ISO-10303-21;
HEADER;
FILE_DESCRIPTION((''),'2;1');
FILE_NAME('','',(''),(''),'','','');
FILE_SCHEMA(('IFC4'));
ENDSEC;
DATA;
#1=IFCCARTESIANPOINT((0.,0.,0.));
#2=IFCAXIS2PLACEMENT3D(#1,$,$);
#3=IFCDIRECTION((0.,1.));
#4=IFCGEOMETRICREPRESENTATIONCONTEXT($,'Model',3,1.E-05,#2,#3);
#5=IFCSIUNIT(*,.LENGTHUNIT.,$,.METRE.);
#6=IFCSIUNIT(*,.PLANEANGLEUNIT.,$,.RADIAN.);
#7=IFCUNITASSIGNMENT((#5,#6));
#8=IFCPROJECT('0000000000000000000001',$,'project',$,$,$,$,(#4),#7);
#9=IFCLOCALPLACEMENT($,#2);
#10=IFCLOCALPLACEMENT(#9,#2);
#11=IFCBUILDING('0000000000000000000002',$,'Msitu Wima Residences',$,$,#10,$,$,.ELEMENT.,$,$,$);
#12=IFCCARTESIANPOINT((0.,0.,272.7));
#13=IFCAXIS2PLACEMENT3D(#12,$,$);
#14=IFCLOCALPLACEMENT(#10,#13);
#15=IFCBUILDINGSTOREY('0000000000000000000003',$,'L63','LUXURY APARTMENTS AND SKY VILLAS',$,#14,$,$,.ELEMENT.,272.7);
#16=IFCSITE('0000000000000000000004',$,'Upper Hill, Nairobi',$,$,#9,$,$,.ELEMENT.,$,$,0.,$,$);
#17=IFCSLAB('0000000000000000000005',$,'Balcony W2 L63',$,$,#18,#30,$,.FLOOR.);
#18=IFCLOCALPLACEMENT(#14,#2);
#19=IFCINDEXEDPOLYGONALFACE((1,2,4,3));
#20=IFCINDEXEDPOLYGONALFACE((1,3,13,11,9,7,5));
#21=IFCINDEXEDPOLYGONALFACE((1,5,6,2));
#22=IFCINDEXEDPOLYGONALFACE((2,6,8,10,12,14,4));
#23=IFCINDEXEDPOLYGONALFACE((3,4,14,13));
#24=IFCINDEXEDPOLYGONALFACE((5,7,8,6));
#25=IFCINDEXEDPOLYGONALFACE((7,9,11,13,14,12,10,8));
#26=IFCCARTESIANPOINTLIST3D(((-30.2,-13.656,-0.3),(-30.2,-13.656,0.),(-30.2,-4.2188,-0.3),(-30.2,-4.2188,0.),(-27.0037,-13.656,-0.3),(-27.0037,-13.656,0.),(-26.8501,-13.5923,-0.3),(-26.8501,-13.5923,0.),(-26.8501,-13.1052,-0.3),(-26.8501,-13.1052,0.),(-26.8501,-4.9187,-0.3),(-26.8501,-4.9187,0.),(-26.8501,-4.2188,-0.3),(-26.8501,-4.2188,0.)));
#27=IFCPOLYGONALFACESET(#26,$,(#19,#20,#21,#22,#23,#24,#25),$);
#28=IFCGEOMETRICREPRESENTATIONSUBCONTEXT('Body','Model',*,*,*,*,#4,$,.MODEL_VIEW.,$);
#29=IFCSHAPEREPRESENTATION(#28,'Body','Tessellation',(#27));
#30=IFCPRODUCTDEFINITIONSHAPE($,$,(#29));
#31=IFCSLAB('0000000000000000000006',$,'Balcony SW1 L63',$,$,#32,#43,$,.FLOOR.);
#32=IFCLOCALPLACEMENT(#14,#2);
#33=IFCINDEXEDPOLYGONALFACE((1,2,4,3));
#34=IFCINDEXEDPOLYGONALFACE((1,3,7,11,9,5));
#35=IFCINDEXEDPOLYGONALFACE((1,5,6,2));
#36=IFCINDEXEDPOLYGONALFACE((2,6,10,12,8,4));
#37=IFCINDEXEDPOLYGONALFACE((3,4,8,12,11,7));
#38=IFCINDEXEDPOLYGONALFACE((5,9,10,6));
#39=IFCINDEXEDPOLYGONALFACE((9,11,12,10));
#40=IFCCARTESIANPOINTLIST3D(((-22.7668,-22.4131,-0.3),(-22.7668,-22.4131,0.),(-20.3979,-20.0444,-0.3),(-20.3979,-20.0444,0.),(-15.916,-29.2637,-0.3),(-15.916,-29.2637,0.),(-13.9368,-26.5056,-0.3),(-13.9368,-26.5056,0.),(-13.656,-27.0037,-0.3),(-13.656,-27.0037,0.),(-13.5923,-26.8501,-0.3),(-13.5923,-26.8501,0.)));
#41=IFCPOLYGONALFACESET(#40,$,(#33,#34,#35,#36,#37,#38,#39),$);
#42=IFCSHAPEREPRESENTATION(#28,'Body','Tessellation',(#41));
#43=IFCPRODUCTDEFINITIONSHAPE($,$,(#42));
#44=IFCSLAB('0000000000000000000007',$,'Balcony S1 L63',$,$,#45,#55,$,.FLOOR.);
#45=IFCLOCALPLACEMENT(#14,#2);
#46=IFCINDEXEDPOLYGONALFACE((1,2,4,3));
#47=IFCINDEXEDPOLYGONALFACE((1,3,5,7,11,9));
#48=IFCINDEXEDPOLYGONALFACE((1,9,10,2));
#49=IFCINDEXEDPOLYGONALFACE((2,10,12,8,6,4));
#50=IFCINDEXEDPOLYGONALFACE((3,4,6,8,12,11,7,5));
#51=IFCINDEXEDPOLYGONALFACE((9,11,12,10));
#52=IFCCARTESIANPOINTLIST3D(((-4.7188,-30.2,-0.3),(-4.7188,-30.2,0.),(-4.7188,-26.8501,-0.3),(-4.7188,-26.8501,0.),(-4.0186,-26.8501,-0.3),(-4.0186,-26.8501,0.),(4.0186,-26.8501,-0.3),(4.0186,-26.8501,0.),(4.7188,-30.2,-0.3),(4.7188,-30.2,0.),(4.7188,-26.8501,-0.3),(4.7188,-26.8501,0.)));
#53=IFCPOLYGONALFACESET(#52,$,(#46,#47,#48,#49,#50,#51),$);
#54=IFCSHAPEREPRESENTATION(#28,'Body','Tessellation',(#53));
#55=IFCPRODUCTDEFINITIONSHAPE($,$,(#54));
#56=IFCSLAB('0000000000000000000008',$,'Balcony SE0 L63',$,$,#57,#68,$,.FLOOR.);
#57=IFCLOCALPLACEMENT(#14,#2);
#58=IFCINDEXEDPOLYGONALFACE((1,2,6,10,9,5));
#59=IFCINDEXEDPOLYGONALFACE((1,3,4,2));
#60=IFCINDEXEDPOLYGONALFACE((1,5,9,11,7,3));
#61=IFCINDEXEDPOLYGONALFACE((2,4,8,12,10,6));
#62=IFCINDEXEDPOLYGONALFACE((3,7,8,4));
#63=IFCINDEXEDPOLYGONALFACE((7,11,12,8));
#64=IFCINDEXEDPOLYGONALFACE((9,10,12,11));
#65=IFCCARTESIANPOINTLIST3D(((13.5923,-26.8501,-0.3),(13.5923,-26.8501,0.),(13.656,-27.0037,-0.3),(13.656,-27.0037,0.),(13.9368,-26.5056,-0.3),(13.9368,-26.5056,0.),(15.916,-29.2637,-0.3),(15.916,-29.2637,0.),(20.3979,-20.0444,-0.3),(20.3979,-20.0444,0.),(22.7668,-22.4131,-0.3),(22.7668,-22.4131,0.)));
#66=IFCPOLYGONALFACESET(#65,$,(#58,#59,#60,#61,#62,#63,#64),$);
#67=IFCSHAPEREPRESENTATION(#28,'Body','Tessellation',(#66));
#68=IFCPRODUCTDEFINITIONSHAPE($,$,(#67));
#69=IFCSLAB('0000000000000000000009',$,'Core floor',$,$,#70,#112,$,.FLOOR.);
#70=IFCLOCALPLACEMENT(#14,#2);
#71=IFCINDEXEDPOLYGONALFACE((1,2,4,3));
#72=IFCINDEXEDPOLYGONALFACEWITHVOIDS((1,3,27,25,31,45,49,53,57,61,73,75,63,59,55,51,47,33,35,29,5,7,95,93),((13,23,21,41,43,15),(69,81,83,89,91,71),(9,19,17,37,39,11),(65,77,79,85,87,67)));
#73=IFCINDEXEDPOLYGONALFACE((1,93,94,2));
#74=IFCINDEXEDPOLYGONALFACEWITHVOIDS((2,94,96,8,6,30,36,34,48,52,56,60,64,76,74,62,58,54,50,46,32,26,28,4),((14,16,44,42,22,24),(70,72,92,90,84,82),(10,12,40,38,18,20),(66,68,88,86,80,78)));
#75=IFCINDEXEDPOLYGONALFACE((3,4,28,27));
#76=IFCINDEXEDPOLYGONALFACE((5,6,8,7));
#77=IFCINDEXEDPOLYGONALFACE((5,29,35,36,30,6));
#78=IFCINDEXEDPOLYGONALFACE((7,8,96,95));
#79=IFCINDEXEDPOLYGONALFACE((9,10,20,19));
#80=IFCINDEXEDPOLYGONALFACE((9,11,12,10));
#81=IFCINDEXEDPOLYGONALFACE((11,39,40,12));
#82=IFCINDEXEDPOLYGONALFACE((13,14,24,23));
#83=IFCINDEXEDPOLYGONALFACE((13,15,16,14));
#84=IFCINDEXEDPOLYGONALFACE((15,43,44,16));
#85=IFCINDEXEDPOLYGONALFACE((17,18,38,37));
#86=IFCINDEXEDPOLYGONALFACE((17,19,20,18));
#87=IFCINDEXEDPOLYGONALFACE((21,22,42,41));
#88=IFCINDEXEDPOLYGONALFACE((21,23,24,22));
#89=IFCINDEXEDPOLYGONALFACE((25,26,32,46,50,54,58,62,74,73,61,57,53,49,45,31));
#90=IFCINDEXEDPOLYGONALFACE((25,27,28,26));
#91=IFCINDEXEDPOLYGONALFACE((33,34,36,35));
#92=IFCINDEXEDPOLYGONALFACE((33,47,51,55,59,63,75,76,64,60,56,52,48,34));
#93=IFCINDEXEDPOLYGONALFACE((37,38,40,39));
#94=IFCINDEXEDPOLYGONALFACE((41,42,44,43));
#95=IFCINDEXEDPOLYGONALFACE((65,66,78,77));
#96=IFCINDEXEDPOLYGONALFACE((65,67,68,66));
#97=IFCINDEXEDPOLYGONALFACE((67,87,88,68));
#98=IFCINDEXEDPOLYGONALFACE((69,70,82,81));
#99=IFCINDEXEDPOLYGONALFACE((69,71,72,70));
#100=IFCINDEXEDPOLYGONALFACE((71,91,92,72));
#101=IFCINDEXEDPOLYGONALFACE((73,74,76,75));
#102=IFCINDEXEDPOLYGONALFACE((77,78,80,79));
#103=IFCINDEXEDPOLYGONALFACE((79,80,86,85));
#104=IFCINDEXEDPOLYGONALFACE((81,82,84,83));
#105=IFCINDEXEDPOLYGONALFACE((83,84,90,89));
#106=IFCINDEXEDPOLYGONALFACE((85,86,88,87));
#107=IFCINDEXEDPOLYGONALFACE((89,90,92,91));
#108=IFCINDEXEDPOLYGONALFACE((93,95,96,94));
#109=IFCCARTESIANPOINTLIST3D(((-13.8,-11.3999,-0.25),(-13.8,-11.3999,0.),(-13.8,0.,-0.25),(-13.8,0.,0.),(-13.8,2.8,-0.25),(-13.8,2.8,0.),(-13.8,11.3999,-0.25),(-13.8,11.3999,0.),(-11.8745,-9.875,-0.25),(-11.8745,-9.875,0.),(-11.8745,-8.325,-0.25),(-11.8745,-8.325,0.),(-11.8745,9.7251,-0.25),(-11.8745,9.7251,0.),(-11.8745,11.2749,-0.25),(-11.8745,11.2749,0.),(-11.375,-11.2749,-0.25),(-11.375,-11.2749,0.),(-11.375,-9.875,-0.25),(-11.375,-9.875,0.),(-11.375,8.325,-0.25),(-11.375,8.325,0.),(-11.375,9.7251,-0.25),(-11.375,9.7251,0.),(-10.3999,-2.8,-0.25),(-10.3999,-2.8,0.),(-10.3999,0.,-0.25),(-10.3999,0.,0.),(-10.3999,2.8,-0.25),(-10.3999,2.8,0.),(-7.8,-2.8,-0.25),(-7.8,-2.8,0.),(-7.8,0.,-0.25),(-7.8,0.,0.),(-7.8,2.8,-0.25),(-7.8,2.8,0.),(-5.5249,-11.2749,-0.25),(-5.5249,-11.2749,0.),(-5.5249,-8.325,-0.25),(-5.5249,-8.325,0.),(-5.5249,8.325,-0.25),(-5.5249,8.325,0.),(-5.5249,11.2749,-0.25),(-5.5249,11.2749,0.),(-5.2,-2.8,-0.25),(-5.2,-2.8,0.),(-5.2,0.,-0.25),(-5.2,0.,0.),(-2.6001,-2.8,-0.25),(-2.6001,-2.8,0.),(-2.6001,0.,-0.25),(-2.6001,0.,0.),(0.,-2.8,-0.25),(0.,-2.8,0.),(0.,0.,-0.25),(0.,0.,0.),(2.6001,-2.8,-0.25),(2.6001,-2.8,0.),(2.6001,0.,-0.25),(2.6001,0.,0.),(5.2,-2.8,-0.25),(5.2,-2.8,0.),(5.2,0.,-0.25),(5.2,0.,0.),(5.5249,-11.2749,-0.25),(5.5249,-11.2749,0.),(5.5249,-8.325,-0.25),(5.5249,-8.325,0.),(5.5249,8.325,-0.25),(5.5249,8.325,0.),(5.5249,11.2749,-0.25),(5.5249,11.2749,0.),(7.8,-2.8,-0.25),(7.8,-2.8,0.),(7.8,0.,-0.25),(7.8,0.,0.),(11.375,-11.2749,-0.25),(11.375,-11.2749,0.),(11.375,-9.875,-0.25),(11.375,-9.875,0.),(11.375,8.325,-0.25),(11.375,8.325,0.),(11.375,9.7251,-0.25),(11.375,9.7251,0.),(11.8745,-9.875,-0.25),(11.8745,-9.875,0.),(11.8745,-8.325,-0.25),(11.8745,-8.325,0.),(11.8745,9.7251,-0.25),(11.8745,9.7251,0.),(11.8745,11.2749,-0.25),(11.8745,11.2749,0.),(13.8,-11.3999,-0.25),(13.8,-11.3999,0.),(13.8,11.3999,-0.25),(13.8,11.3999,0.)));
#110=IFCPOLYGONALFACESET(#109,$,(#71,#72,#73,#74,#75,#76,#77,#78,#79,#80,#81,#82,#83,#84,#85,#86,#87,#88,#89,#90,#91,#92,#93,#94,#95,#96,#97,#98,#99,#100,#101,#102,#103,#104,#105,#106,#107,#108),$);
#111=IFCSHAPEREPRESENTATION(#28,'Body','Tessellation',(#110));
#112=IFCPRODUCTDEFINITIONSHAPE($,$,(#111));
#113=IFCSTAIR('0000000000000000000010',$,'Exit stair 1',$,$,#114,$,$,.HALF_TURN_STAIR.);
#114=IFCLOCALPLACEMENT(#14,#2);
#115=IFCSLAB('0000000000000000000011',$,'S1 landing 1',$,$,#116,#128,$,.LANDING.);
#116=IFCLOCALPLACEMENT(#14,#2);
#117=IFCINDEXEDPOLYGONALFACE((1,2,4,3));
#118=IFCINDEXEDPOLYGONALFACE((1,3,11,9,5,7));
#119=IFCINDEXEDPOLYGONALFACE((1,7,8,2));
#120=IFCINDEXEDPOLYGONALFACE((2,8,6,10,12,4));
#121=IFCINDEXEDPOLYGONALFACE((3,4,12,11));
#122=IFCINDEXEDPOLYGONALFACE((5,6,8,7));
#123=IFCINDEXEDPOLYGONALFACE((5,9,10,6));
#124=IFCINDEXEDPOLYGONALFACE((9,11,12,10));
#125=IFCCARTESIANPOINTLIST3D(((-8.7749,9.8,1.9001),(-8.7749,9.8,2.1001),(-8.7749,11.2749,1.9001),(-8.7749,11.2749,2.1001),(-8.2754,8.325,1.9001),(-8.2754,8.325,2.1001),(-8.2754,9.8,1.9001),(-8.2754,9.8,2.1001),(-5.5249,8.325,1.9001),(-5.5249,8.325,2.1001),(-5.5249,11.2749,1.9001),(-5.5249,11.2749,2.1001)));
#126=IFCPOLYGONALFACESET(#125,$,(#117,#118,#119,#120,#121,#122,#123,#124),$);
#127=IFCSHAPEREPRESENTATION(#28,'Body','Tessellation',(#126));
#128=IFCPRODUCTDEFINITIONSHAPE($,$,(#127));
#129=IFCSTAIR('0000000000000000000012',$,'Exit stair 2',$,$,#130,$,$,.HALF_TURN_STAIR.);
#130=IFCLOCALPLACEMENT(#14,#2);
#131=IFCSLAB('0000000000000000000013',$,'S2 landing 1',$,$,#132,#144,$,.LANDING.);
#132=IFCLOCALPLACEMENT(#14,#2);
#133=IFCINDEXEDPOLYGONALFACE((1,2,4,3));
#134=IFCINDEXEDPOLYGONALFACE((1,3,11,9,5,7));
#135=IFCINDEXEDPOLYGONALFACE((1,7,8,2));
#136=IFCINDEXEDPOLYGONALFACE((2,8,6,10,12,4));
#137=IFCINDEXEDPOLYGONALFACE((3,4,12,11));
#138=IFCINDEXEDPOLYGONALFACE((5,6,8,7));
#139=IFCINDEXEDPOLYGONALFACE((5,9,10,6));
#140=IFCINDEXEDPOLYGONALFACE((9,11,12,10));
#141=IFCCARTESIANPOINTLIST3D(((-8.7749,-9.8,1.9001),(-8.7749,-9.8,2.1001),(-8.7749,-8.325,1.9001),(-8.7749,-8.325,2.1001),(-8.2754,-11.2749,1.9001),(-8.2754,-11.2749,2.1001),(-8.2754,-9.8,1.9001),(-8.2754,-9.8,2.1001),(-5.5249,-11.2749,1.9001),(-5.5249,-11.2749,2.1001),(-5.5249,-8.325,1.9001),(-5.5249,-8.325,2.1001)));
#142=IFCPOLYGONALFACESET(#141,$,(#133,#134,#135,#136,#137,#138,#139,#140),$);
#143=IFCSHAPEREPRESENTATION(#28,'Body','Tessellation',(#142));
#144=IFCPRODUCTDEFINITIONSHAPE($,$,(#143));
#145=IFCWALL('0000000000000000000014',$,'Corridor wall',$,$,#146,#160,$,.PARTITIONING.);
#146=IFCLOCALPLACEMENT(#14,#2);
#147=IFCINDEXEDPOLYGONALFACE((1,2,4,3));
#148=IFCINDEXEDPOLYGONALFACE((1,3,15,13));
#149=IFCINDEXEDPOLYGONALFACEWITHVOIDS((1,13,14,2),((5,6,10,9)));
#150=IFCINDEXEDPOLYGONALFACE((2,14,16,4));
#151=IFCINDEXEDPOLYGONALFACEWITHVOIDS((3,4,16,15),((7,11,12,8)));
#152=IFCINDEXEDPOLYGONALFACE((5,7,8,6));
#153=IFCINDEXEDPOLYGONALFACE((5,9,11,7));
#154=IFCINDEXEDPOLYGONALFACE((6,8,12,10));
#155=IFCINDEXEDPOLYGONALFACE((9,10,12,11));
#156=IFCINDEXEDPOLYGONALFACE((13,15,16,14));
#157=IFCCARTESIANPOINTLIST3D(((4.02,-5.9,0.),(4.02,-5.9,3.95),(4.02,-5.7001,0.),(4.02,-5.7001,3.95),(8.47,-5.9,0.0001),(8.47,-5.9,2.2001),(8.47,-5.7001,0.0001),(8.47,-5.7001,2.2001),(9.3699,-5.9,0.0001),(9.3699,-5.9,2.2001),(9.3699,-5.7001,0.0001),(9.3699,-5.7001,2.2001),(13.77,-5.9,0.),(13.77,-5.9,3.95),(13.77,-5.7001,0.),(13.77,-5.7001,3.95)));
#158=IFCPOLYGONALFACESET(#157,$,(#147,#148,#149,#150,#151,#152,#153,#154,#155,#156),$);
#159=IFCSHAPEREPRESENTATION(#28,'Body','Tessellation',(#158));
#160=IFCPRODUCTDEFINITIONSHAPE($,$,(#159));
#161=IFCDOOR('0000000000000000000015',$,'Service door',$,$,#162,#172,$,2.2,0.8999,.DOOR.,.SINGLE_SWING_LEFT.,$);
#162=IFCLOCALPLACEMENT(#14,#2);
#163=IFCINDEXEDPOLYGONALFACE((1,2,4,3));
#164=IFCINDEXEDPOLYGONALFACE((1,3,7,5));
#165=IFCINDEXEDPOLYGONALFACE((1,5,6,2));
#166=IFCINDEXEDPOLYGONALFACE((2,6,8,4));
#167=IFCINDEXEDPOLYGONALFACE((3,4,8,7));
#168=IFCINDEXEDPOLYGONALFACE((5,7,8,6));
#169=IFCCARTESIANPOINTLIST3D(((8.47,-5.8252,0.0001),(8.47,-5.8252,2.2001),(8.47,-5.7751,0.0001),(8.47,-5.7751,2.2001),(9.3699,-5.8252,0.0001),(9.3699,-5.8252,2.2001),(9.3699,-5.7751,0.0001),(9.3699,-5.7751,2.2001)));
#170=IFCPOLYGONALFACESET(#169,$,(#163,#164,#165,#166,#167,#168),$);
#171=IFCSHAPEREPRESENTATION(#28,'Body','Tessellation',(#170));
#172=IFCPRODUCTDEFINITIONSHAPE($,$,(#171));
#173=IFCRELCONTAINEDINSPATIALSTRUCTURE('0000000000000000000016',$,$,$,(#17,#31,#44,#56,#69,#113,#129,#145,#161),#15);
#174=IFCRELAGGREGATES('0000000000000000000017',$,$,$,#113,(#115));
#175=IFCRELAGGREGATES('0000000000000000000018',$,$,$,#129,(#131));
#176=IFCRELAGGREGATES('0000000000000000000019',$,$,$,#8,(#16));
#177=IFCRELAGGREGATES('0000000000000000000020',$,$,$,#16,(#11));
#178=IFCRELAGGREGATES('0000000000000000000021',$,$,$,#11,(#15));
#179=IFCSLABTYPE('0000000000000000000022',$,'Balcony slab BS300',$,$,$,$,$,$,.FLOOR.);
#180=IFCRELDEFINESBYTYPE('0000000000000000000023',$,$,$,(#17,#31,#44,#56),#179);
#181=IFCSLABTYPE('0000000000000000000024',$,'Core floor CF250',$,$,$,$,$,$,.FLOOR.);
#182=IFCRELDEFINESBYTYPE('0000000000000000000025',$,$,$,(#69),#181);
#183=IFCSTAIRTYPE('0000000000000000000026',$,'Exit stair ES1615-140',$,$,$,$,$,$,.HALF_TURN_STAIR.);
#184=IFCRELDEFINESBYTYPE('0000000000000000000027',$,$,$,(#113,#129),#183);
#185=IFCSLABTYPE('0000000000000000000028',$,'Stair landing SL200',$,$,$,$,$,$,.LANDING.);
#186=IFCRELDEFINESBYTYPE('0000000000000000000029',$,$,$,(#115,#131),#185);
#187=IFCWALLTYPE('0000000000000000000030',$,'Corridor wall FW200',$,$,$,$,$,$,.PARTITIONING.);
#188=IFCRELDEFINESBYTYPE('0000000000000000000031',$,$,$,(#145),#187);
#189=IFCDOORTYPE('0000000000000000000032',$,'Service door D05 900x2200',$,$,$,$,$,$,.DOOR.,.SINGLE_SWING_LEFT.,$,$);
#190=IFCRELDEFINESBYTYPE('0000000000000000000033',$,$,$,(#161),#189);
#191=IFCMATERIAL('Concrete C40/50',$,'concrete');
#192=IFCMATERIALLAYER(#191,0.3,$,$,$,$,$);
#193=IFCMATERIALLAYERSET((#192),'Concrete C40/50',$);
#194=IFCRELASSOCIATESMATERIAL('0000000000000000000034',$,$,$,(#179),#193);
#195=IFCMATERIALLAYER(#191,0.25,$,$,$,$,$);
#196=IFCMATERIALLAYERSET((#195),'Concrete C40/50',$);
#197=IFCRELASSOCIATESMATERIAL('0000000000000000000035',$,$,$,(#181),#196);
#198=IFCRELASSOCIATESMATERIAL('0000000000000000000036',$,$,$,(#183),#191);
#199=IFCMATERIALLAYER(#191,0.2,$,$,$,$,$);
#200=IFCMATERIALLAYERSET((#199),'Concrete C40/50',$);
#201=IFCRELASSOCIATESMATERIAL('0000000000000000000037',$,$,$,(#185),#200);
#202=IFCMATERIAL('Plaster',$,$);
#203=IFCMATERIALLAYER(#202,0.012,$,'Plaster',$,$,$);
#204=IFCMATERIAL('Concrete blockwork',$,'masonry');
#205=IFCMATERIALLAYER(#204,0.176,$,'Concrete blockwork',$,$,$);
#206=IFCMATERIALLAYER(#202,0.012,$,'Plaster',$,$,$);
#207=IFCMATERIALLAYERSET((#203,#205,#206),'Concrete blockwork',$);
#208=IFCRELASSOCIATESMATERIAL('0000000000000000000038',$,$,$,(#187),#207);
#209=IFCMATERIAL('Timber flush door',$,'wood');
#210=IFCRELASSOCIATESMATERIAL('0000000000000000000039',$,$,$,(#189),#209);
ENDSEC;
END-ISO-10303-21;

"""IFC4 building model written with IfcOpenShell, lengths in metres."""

from ifc_helpers import new_model, si_unit, direction, frame, frame_2d, origin, place, context, subcontext, project, spatial, polyline, rectangle, outline, extrude, material, layer, layer_set, type_object, element, fill, aggregate, save


model = new_model("IFC4")

# Units and contexts
model_context = context("Model", 3, precision=1e-05, world=origin(), true_north=direction((0.0, 1.0)))
body_context = subcontext(model_context, "Body", "Model", "MODEL_VIEW")
ifc_project = project(units=[si_unit("LENGTHUNIT", "METRE"), si_unit("PLANEANGLEUNIT", "RADIAN")], contexts=[model_context])

# Site, building, storey
site_placement = place(None, origin())
site = spatial("IfcSite", under=ifc_project, at=site_placement, Name="Upper Hill, Nairobi", CompositionType="ELEMENT", RefElevation=0.0)
building_placement = place(site_placement, origin())
building = spatial("IfcBuilding", under=site, at=building_placement, Name="Msitu Wima Residences", CompositionType="ELEMENT")
storey_placement = place(building_placement, frame((0.0, 0.0, 272.7)))
storey = spatial("IfcBuildingStorey", under=building, at=storey_placement, Name="L63", Description="LUXURY APARTMENTS AND SKY VILLAS", CompositionType="ELEMENT", Elevation=272.7)

# Slabs
ifc_material_1 = material(Name="Concrete C40/50", Category="concrete")
ifc_layer_1 = layer(ifc_material_1, 0.3)
ifc_layer_set_1 = layer_set([ifc_layer_1], Name="Concrete C40/50")
slab_type_1 = type_object("IfcSlabType", Name="Balcony slab BS300", PredefinedType="FLOOR", material=ifc_layer_set_1)
slab_1_placement = place(storey_placement, frame((0.0, 0.0, -0.3)))
element("IfcSlab", 1, at=slab_1_placement, inside=storey, type_object=slab_type_1, Name="Balcony W2 L63", PredefinedType="FLOOR", context=body_context, shape_type="SweptSolid", body=[
    extrude(outline(polyline([(-26.8501, -13.1052), (-26.8501, -13.1052), (-26.8501, -13.1052), (-26.8501, -13.5923), (-27.0037, -13.656), (-30.2, -13.656), (-30.2, -4.2188), (-26.8501, -4.2188), (-26.8501, -4.9187), (-26.8501, -13.1052)])), origin(), (0.0, 0.0, 1.0), 0.3),
])
slab_2_placement = place(storey_placement, frame((0.0, 0.0, -0.3)))
element("IfcSlab", 2, at=slab_2_placement, inside=storey, type_object=slab_type_1, Name="Balcony SW1 L63", PredefinedType="FLOOR", context=body_context, shape_type="SweptSolid", body=[
    extrude(outline(polyline([(-13.9368, -26.5056), (-13.9368, -26.5056), (-13.5923, -26.8501), (-13.656, -27.0037), (-15.916, -29.2637), (-22.7668, -22.4131), (-20.3979, -20.0444), (-13.9368, -26.5056), (-13.9368, -26.5056)])), origin(), (0.0, 0.0, 1.0), 0.3),
])
slab_3_placement = place(storey_placement, frame((0.0, 0.0, -0.3)))
element("IfcSlab", 3, at=slab_3_placement, inside=storey, type_object=slab_type_1, Name="Balcony S1 L63", PredefinedType="FLOOR", context=body_context, shape_type="SweptSolid", body=[
    extrude(outline(polyline([(-4.0186, -26.8501), (4.0186, -26.8501), (4.7188, -26.8501), (4.7188, -30.2), (-4.7188, -30.2), (-4.7188, -26.8501), (-4.0186, -26.8501)])), origin(), (0.0, 0.0, 1.0), 0.3),
])
slab_4_placement = place(storey_placement, frame((0.0, 0.0, -0.3)))
element("IfcSlab", 4, at=slab_4_placement, inside=storey, type_object=slab_type_1, Name="Balcony SE0 L63", PredefinedType="FLOOR", context=body_context, shape_type="SweptSolid", body=[
    extrude(outline(polyline([(13.9368, -26.5056), (13.9368, -26.5056), (20.3979, -20.0444), (22.7668, -22.4131), (15.916, -29.2637), (13.656, -27.0037), (13.5923, -26.8501), (13.9368, -26.5056), (13.9368, -26.5056)])), origin(), (0.0, 0.0, 1.0), 0.3),
])
ifc_layer_2 = layer(ifc_material_1, 0.25)
ifc_layer_set_2 = layer_set([ifc_layer_2], Name="Concrete C40/50")
slab_type_2 = type_object("IfcSlabType", Name="Core floor CF250", PredefinedType="FLOOR", material=ifc_layer_set_2)
slab_5_placement = place(storey_placement, frame((0.0, 0.0, -0.25)))
element("IfcSlab", 5, at=slab_5_placement, inside=storey, type_object=slab_type_2, Name="Core floor", PredefinedType="FLOOR", context=body_context, shape_type="SweptSolid", body=[
    extrude(outline(polyline([(-13.8, 11.3999), (-13.8, 2.8), (-10.3999, 2.8), (-7.8, 2.8), (-7.8, 0.0), (-5.2, 0.0), (-2.6001, 0.0), (0.0, 0.0), (2.6001, 0.0), (5.2, 0.0), (7.8, 0.0), (7.8, -2.8), (5.2, -2.8), (2.6001, -2.8), (0.0, -2.8), (-2.6001, -2.8), (-5.2, -2.8), (-7.8, -2.8), (-10.3999, -2.8), (-10.3999, 0.0), (-13.8, 0.0), (-13.8, -11.3999), (13.8, -11.3999), (13.8, 11.3999), (-13.8, 11.3999)]), holes=[polyline([(-11.375, -11.2749), (-11.375, -9.875), (-11.8745, -9.875), (-11.8745, -8.325), (-5.5249, -8.325), (-5.5249, -11.2749), (-11.375, -11.2749)]), polyline([(-11.375, 8.325), (-11.375, 9.7251), (-11.8745, 9.7251), (-11.8745, 11.2749), (-5.5249, 11.2749), (-5.5249, 8.325), (-11.375, 8.325)]), polyline([(11.375, -9.875), (11.375, -11.2749), (5.5249, -11.2749), (5.5249, -8.325), (11.8745, -8.325), (11.8745, -9.875), (11.375, -9.875)]), polyline([(11.375, 9.7251), (11.375, 8.325), (5.5249, 8.325), (5.5249, 11.2749), (11.8745, 11.2749), (11.8745, 9.7251), (11.375, 9.7251)])]), origin(), (0.0, 0.0, 1.0), 0.25),
])

# Stairs, slabs
stair_type = type_object("IfcStairType", Name="Exit stair ES1615-140", PredefinedType="HALF_TURN_STAIR", material=ifc_material_1)
stair_1_placement = place(storey_placement, origin())
stair_1 = element("IfcStair", 6, at=stair_1_placement, inside=storey, type_object=stair_type, Name="Exit stair 1", PredefinedType="HALF_TURN_STAIR")
ifc_layer_3 = layer(ifc_material_1, 0.2)
ifc_layer_set_3 = layer_set([ifc_layer_3], Name="Concrete C40/50")
slab_type_3 = type_object("IfcSlabType", Name="Stair landing SL200", PredefinedType="LANDING", material=ifc_layer_set_3)
slab_6_placement = place(storey_placement, frame((0.0, 0.0, 1.9001)))
slab_6 = element("IfcSlab", 7, at=slab_6_placement, type_object=slab_type_3, Name="S1 landing 1", PredefinedType="LANDING", context=body_context, shape_type="SweptSolid", body=[
    extrude(outline(polyline([(-5.5249, 8.325), (-8.2754, 8.325), (-8.2754, 9.8), (-8.7749, 9.8), (-8.7749, 11.2749), (-5.5249, 11.2749), (-5.5249, 8.325)])), origin(), (0.0, 0.0, 1.0), 0.2),
])
aggregate(stair_1, [slab_6])
stair_2_placement = place(storey_placement, origin())
stair_2 = element("IfcStair", 8, at=stair_2_placement, inside=storey, type_object=stair_type, Name="Exit stair 2", PredefinedType="HALF_TURN_STAIR")
slab_7_placement = place(storey_placement, frame((0.0, 0.0, 1.9001)))
slab_7 = element("IfcSlab", 9, at=slab_7_placement, type_object=slab_type_3, Name="S2 landing 1", PredefinedType="LANDING", context=body_context, shape_type="SweptSolid", body=[
    extrude(outline(polyline([(-5.5249, -11.2749), (-8.2754, -11.2749), (-8.2754, -9.8), (-8.7749, -9.8), (-8.7749, -8.325), (-5.5249, -8.325), (-5.5249, -11.2749)])), origin(), (0.0, 0.0, 1.0), 0.2),
])
aggregate(stair_2, [slab_7])

# Wall, opening, door
ifc_material_2 = material(Name="Plaster")
ifc_layer_4 = layer(ifc_material_2, 0.012, Name="Plaster")
ifc_material_3 = material(Name="Concrete blockwork", Category="masonry")
ifc_layer_5 = layer(ifc_material_3, 0.176, Name="Concrete blockwork")
ifc_layer_6 = layer(ifc_material_2, 0.012, Name="Plaster")
ifc_layer_set_4 = layer_set([ifc_layer_4, ifc_layer_5, ifc_layer_6], Name="Concrete blockwork")
wall_type_1 = type_object("IfcWallType", Name="Corridor wall FW200", PredefinedType="PARTITIONING", material=ifc_layer_set_4)
wall_1_placement = place(storey_placement, frame((4.02, -5.8, 0.0), z_axis=(0.0, 0.0, 1.0), x_axis=(1.0, 0.0, 0.0)))
wall_1 = element("IfcWall", 10, at=wall_1_placement, inside=storey, type_object=wall_type_1, Name="Corridor wall", PredefinedType="PARTITIONING", context=body_context, shape_type="SweptSolid", body=[
    extrude(rectangle(XDim=9.75, YDim=0.2, at=frame_2d((4.875, 0.0))), origin(), (0.0, 0.0, 1.0), 3.95),
])
opening_1_placement = place(wall_1_placement, frame((4.45, 0.0, 0.0)))
opening_1 = element("IfcOpeningElement", 11, at=opening_1_placement, cuts=wall_1, PredefinedType="OPENING", context=body_context, shape_type="SweptSolid", body=[
    extrude(rectangle(XDim=0.8999, YDim=2.2, at=frame_2d((0.45, 1.1001))), frame((0.0, 0.1099, 0.0), z_axis=(0.0, -1.0, 0.0), x_axis=(1.0, 0.0, 0.0)), (0.0, 0.0, 1.0), 0.22),
])
ifc_material_4 = material(Name="Timber flush door", Category="wood")
door_type = type_object("IfcDoorType", Name="Service door D05 900x2200", OperationType="SINGLE_SWING_LEFT", PredefinedType="DOOR", material=ifc_material_4)
door_1_placement = place(opening_1_placement, origin())
door_1 = element("IfcDoor", 12, at=door_1_placement, inside=storey, type_object=door_type, Name="Service door", OperationType="SINGLE_SWING_LEFT", OverallHeight=2.2, OverallWidth=0.8999, PredefinedType="DOOR", context=body_context, shape_type="SweptSolid", body=[
    extrude(rectangle(XDim=0.8999, YDim=2.2, at=frame_2d((0.45, 1.1001))), frame((0.0, 0.0249, 0.0), z_axis=(0.0, -1.0, 0.0), x_axis=(1.0, 0.0, 0.0)), (0.0, 0.0, 1.0), 0.05),
])
fill(opening_1, door_1)

save(model, "model.ifc")
